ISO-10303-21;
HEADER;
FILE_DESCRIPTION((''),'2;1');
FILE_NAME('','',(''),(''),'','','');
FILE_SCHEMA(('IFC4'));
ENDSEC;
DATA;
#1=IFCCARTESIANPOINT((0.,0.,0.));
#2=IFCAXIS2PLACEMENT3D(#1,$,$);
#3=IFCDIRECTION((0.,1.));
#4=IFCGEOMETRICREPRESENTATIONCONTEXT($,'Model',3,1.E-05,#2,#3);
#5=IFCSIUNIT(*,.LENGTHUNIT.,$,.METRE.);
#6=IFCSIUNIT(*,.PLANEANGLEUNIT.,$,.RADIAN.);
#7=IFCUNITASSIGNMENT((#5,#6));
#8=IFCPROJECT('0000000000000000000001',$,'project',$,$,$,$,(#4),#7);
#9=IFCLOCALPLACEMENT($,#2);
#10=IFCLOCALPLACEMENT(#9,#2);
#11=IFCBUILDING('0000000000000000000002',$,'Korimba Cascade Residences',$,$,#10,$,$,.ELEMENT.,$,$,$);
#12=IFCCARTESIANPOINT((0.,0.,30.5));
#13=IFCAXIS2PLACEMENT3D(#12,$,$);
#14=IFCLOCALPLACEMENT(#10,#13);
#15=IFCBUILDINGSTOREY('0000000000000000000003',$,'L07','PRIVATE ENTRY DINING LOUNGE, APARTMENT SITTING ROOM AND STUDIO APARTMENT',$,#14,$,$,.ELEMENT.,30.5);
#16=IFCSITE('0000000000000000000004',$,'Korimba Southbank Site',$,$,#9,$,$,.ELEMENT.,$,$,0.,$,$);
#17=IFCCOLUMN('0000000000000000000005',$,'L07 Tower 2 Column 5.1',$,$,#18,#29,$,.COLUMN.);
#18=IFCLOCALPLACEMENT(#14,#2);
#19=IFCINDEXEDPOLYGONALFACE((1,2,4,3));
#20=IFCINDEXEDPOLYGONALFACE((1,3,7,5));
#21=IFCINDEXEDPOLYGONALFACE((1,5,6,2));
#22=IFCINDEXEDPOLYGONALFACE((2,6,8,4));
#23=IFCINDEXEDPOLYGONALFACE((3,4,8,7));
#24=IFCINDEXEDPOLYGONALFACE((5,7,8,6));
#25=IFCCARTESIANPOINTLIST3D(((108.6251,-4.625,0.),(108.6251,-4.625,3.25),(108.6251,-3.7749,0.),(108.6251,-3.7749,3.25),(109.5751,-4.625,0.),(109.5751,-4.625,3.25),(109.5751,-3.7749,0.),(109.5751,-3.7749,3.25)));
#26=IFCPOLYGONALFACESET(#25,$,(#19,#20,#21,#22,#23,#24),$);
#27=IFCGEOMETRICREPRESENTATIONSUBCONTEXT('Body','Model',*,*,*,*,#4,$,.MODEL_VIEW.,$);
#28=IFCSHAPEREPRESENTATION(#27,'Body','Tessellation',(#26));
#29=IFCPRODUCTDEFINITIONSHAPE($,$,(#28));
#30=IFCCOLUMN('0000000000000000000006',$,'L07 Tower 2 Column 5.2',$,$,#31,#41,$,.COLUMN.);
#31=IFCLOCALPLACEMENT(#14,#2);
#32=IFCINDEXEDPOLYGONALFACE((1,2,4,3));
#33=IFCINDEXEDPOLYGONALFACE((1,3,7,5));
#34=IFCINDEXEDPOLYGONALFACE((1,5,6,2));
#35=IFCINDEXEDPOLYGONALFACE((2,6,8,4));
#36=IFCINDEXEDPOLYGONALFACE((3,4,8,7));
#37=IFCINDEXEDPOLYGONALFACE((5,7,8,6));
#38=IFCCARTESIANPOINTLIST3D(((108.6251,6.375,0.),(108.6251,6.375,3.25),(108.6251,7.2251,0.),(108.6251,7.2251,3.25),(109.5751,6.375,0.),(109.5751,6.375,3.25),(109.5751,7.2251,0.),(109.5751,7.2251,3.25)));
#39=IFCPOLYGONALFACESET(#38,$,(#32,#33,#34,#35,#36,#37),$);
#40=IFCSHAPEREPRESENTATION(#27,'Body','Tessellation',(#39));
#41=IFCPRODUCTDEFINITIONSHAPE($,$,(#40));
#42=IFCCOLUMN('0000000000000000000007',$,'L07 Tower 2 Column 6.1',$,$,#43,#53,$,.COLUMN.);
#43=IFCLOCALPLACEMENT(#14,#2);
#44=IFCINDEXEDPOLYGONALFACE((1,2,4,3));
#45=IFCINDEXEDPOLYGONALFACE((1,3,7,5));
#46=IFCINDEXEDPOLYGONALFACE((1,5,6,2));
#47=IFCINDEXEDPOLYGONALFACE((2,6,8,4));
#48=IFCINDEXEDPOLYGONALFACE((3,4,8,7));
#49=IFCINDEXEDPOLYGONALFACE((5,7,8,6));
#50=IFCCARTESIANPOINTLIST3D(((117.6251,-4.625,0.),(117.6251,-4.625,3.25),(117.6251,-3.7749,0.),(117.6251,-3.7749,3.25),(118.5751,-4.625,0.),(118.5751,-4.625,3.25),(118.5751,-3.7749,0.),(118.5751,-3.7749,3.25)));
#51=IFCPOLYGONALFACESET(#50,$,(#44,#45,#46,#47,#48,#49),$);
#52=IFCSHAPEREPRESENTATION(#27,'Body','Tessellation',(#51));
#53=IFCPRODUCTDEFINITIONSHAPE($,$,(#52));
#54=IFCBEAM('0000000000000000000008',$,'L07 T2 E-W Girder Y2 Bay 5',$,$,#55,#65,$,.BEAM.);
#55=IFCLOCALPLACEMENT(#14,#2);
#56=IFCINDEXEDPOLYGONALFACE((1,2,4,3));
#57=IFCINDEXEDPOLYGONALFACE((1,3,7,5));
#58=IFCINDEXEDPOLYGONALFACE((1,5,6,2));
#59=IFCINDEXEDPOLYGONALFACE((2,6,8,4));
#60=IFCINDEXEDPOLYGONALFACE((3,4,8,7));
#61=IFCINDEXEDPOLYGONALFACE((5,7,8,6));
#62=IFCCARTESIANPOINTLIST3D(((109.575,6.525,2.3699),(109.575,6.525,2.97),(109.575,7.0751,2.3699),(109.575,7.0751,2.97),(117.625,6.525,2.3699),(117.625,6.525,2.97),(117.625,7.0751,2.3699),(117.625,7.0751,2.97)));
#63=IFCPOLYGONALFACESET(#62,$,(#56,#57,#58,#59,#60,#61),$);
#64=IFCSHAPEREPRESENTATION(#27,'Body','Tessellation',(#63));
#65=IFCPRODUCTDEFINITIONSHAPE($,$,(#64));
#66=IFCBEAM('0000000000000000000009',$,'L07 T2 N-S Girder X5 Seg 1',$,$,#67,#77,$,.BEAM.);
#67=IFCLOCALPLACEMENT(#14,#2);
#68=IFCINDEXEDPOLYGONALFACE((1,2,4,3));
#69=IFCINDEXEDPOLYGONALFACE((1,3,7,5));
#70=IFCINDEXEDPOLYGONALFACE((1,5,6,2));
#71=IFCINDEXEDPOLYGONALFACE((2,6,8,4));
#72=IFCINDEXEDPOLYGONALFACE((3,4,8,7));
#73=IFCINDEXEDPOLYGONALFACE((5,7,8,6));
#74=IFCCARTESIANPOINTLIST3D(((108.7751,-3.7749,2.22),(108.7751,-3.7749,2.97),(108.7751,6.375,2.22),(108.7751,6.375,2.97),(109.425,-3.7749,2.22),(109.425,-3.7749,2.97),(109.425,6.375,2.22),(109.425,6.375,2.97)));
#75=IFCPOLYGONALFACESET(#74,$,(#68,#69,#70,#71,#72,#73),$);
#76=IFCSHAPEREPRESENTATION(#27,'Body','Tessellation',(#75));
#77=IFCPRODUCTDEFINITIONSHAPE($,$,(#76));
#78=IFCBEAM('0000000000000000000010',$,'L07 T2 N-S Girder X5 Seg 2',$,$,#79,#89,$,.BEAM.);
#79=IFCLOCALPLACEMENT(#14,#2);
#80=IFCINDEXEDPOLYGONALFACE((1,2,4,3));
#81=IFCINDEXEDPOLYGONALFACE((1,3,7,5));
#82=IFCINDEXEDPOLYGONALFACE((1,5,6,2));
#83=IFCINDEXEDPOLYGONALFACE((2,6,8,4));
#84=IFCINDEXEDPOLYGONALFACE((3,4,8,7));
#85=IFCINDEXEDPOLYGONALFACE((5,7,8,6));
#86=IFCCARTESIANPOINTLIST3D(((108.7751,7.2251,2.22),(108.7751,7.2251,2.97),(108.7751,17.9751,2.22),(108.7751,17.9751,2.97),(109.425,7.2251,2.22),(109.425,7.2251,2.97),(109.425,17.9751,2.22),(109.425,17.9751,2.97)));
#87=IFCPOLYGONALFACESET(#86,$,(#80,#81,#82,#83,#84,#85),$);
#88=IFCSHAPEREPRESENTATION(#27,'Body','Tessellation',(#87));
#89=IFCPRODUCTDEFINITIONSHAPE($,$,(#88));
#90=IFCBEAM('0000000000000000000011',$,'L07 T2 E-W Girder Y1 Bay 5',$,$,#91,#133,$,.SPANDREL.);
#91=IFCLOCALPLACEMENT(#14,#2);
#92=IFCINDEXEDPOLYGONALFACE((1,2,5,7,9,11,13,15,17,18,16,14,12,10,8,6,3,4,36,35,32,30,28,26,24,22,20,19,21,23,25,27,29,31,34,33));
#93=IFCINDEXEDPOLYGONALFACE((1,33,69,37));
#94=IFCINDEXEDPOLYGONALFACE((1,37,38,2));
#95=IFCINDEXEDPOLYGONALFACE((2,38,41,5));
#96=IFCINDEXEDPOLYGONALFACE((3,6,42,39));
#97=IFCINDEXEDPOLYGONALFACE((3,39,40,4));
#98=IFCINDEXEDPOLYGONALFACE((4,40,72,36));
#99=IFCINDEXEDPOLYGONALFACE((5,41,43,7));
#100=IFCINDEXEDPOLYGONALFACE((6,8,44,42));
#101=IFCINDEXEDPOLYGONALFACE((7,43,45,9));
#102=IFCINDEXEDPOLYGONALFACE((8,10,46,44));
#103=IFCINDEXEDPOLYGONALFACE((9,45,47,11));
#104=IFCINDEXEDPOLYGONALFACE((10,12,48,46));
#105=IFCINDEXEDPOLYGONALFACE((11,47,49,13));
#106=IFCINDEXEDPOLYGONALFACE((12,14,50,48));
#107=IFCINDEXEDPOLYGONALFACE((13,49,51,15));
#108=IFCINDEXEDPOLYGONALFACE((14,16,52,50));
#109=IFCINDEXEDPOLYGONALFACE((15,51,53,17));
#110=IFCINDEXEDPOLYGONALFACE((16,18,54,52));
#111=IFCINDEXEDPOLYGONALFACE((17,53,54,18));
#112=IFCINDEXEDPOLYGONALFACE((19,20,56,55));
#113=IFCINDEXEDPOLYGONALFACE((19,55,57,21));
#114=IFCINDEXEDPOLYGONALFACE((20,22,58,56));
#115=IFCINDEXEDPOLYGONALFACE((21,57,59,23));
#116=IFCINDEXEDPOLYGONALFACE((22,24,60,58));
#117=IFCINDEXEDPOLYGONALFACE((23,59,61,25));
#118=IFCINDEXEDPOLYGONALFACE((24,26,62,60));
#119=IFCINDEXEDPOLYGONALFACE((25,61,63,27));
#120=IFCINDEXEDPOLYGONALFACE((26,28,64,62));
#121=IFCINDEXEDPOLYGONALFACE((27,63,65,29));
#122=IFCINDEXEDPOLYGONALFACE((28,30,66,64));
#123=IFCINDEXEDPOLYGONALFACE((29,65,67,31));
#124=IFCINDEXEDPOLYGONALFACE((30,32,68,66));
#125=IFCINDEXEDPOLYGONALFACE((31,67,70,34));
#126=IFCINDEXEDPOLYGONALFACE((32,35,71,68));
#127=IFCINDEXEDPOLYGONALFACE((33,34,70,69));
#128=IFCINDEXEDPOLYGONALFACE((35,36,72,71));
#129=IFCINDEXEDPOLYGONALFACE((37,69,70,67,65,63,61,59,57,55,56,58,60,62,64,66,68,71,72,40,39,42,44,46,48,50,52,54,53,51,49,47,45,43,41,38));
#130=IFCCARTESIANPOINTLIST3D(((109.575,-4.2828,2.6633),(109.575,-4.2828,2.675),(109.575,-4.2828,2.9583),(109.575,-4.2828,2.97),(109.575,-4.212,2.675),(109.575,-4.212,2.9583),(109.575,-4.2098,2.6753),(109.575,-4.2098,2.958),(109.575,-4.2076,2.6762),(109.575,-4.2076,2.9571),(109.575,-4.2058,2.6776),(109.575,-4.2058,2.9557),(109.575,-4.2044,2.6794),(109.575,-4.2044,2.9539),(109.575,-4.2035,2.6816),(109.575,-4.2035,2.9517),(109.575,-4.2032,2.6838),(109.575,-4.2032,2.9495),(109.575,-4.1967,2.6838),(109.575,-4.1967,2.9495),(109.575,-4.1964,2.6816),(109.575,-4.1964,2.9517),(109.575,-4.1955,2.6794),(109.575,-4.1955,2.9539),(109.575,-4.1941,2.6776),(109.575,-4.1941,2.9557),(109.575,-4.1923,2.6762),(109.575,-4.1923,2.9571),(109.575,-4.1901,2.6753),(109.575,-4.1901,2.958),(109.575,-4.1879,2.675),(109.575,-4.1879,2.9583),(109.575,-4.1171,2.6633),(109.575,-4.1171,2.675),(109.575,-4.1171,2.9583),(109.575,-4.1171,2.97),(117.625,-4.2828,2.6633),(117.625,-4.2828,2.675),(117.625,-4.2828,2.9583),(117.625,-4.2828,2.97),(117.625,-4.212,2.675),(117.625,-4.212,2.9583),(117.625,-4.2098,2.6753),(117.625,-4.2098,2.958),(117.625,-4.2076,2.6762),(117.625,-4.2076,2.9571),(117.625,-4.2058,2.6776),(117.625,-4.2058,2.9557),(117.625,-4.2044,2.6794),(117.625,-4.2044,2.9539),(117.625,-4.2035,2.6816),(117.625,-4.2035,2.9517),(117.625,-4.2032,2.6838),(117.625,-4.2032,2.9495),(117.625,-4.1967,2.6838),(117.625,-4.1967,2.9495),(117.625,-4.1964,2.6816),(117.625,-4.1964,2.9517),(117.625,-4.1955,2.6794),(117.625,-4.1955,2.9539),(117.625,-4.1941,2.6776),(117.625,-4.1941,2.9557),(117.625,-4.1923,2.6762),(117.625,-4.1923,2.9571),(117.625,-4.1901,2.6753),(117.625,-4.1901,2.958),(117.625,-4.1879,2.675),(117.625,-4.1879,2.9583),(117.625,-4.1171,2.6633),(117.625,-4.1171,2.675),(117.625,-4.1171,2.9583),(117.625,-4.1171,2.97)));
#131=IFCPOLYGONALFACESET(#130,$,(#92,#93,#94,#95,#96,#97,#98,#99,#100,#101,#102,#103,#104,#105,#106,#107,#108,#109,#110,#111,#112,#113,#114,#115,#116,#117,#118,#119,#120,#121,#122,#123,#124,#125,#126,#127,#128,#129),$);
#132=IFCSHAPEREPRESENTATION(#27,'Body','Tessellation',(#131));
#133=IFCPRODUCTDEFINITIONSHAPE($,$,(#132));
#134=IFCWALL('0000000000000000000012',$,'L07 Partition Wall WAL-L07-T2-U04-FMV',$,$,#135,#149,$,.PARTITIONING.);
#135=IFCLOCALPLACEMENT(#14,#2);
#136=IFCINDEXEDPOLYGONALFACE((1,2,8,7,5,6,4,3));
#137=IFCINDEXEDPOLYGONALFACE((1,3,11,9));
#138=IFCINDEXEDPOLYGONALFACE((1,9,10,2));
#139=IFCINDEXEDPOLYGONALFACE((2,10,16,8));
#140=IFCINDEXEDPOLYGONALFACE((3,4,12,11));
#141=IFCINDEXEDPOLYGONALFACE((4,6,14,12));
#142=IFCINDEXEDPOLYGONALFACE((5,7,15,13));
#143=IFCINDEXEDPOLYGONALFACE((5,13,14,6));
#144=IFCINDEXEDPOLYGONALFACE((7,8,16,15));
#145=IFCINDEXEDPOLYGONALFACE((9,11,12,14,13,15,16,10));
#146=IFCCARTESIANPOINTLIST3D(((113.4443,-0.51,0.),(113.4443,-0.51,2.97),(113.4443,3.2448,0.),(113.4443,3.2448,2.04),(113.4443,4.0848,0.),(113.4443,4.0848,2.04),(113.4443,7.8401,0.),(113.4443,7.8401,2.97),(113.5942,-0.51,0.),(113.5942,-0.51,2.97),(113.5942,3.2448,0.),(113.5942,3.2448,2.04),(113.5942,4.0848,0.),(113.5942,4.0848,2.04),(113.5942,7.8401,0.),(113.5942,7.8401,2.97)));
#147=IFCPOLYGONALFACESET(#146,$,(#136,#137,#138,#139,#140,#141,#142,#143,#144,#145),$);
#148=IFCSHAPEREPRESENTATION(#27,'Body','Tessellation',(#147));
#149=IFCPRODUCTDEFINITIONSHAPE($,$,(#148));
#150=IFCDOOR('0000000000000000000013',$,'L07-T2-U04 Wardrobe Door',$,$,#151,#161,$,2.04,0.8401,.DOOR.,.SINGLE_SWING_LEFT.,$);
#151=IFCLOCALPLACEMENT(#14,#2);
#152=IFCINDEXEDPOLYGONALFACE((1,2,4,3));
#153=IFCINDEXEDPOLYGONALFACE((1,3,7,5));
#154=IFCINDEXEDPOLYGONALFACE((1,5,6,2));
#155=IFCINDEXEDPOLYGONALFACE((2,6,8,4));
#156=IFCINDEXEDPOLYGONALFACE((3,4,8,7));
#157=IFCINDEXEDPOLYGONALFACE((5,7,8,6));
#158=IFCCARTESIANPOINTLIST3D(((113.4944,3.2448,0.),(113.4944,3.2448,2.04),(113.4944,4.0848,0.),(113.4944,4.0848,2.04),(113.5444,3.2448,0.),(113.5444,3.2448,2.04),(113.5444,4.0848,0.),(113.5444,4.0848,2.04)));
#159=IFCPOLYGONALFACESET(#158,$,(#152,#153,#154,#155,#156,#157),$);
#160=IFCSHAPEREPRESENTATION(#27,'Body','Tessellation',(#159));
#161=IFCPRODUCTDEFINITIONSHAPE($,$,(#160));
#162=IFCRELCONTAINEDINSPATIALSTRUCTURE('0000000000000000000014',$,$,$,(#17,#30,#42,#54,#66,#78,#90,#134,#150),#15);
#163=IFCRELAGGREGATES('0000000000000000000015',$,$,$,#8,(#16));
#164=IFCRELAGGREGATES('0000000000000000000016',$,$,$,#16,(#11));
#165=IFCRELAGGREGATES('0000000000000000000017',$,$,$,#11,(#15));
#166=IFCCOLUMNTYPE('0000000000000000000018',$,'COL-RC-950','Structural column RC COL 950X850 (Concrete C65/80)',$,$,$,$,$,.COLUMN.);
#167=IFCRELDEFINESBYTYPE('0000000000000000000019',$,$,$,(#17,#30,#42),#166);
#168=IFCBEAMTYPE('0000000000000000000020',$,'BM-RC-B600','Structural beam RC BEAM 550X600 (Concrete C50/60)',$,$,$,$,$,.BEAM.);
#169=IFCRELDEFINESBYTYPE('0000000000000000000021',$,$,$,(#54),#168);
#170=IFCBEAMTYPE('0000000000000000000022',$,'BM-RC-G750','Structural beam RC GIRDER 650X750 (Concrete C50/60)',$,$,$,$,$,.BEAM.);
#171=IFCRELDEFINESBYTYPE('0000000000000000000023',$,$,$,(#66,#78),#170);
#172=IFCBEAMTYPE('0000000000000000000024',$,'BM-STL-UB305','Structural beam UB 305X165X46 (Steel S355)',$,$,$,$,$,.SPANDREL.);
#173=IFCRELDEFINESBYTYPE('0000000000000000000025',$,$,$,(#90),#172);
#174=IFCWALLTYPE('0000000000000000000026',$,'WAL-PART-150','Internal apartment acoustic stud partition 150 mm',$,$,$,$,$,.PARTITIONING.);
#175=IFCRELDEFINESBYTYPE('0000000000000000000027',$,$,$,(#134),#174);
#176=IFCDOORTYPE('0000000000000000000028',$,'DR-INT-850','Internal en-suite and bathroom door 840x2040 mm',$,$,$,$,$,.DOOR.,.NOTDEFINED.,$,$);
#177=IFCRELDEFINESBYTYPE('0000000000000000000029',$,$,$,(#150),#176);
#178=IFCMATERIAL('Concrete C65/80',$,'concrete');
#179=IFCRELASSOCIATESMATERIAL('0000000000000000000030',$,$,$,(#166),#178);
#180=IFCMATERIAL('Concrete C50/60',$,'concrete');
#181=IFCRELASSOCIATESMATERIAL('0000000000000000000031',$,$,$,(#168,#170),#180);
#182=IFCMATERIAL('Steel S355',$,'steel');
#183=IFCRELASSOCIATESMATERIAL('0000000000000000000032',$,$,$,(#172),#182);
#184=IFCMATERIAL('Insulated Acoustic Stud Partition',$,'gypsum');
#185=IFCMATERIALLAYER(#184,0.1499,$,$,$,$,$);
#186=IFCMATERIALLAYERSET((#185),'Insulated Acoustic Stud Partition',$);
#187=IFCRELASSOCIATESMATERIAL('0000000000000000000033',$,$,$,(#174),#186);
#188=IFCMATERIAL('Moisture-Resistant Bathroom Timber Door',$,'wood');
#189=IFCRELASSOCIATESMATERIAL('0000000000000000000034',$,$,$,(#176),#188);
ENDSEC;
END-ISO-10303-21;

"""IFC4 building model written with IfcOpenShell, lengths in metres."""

from ifc_helpers import new_model, si_unit, direction, frame, frame_2d, origin, origin_2d, place, context, subcontext, project, spatial, rectangle, i_section, extrude, material, layer, layer_set, material_profile, profile_set, type_object, element, fill, save


model = new_model("IFC4")

# Units and contexts
model_context = context("Model", 3, precision=1e-05, world=origin(), true_north=direction((0.0, 1.0)))
body_context = subcontext(model_context, "Body", "Model", "MODEL_VIEW")
ifc_project = project(units=[si_unit("LENGTHUNIT", "METRE"), si_unit("PLANEANGLEUNIT", "RADIAN")], contexts=[model_context])

# Site, building, storey
site_placement = place(None, origin())
site = spatial("IfcSite", under=ifc_project, at=site_placement, Name="Korimba Southbank Site", CompositionType="ELEMENT", RefElevation=0.0)
building_placement = place(site_placement, origin())
building = spatial("IfcBuilding", under=site, at=building_placement, Name="Korimba Cascade Residences", CompositionType="ELEMENT")
storey_placement = place(building_placement, frame((0.0, 0.0, 30.5)))
storey = spatial("IfcBuildingStorey", under=building, at=storey_placement, Name="L07", Description="PRIVATE ENTRY DINING LOUNGE, APARTMENT SITTING ROOM AND STUDIO APARTMENT", CompositionType="ELEMENT", Elevation=30.5)

# Columns
ifc_material_1 = material(Name="Concrete C65/80", Category="concrete")
ifc_material_profile_1 = material_profile(ifc_material_1, rectangle(XDim=0.95, YDim=0.8501, at=origin_2d()), Name="Concrete C65/80")
ifc_profile_set_1 = profile_set([ifc_material_profile_1], Name="Concrete C65/80")
column_type = type_object("IfcColumnType", Name="COL-RC-950", Description="Structural column RC COL 950X850 (Concrete C65/80)", PredefinedType="COLUMN", material=ifc_profile_set_1)
for number, where, z_axis, x_axis, name in (
    (1, (109.1001, -4.2, 0.0), (0.0, 0.0, 1.0), (1.0, 0.0, 0.0), "L07 Tower 2 Column 5.1"),
    (2, (109.1001, 6.8, 0.0), (0.0, 0.0, 1.0), (1.0, 0.0, 0.0), "L07 Tower 2 Column 5.2"),
    (3, (118.1001, -4.2, 0.0), (0.0, 0.0, 1.0), (1.0, 0.0, 0.0), "L07 Tower 2 Column 6.1"),
):
    element("IfcColumn", number, at=place(storey_placement, frame(where, z_axis=z_axis, x_axis=x_axis)), inside=storey, type_object=column_type, Name=name, PredefinedType="COLUMN", context=body_context, shape_type="SweptSolid", body=[
        extrude(rectangle(XDim=0.95, YDim=0.8501, at=origin_2d()), origin(), (0.0, 0.0, 1.0), 3.25),
    ])

# Beams
ifc_material_2 = material(Name="Concrete C50/60", Category="concrete")
ifc_material_profile_2 = material_profile(ifc_material_2, rectangle(XDim=0.55, YDim=0.6001, at=origin_2d()), Name="Concrete C50/60")
ifc_profile_set_2 = profile_set([ifc_material_profile_2], Name="Concrete C50/60")
beam_type_1 = type_object("IfcBeamType", Name="BM-RC-B600", Description="Structural beam RC BEAM 550X600 (Concrete C50/60)", PredefinedType="BEAM", material=ifc_profile_set_2)
beam_1_placement = place(storey_placement, frame((109.575, 6.8, 2.6699), z_axis=(1.0, 0.0, 0.0), x_axis=(0.0, 1.0, 0.0)))
element("IfcBeam", 4, at=beam_1_placement, inside=storey, type_object=beam_type_1, Name="L07 T2 E-W Girder Y2 Bay 5", PredefinedType="BEAM", context=body_context, shape_type="SweptSolid", body=[
    extrude(rectangle(XDim=0.55, YDim=0.6001, at=origin_2d()), origin(), (0.0, 0.0, 1.0), 8.05),
])
ifc_material_profile_3 = material_profile(ifc_material_2, rectangle(XDim=0.6499, YDim=0.75, at=origin_2d()), Name="Concrete C50/60")
ifc_profile_set_3 = profile_set([ifc_material_profile_3], Name="Concrete C50/60")
beam_type_2 = type_object("IfcBeamType", Name="BM-RC-G750", Description="Structural beam RC GIRDER 650X750 (Concrete C50/60)", PredefinedType="BEAM", material=ifc_profile_set_3)
beam_2_placement = place(storey_placement, frame((109.1001, -3.7749, 2.595), z_axis=(0.0, 1.0, 0.0), x_axis=(-1.0, 0.0, 0.0)))
element("IfcBeam", 5, at=beam_2_placement, inside=storey, type_object=beam_type_2, Name="L07 T2 N-S Girder X5 Seg 1", PredefinedType="BEAM", context=body_context, shape_type="SweptSolid", body=[
    extrude(rectangle(XDim=0.6499, YDim=0.75, at=origin_2d()), origin(), (0.0, 0.0, 1.0), 10.1499),
])
beam_3_placement = place(storey_placement, frame((109.1001, 7.2251, 2.595), z_axis=(0.0, 1.0, 0.0), x_axis=(-1.0, 0.0, 0.0)))
element("IfcBeam", 6, at=beam_3_placement, inside=storey, type_object=beam_type_2, Name="L07 T2 N-S Girder X5 Seg 2", PredefinedType="BEAM", context=body_context, shape_type="SweptSolid", body=[
    extrude(rectangle(XDim=0.6499, YDim=0.75, at=origin_2d()), origin(), (0.0, 0.0, 1.0), 10.75),
])
ifc_material_3 = material(Name="Steel S355", Category="steel")
ifc_material_profile_4 = material_profile(ifc_material_3, i_section(OverallWidth=0.1658, OverallDepth=0.3066, WebThickness=0.0066, FlangeThickness=0.0117, FilletRadius=0.0088, at=origin_2d()), Name="Steel S355")
ifc_profile_set_4 = profile_set([ifc_material_profile_4], Name="Steel S355")
beam_type_3 = type_object("IfcBeamType", Name="BM-STL-UB305", Description="Structural beam UB 305X165X46 (Steel S355)", PredefinedType="SPANDREL", material=ifc_profile_set_4)
beam_4_placement = place(storey_placement, frame((109.575, -4.2, 2.8167), z_axis=(1.0, 0.0, 0.0), x_axis=(0.0, 1.0, 0.0)))
element("IfcBeam", 7, at=beam_4_placement, inside=storey, type_object=beam_type_3, Name="L07 T2 E-W Girder Y1 Bay 5", PredefinedType="SPANDREL", context=body_context, shape_type="SweptSolid", body=[
    extrude(i_section(OverallWidth=0.1658, OverallDepth=0.3066, WebThickness=0.0066, FlangeThickness=0.0117, FilletRadius=0.0088, at=origin_2d()), origin(), (0.0, 0.0, 1.0), 8.05),
])

# Wall, opening, door
ifc_material_4 = material(Name="Insulated Acoustic Stud Partition", Category="gypsum")
ifc_layer = layer(ifc_material_4, 0.1499)
ifc_layer_set = layer_set([ifc_layer], Name="Insulated Acoustic Stud Partition")
wall_type = type_object("IfcWallType", Name="WAL-PART-150", Description="Internal apartment acoustic stud partition 150 mm", PredefinedType="PARTITIONING", material=ifc_layer_set)
wall_1_placement = place(storey_placement, frame((113.5193, -0.51, 0.0), z_axis=(0.0, 0.0, 1.0), x_axis=(0.0, 1.0, 0.0)))
wall_1 = element("IfcWall", 8, at=wall_1_placement, inside=storey, type_object=wall_type, Name="L07 Partition Wall WAL-L07-T2-U04-FMV", PredefinedType="PARTITIONING", context=body_context, shape_type="SweptSolid", body=[
    extrude(rectangle(XDim=8.3501, YDim=0.1499, at=frame_2d((4.175, 0.0))), origin(), (0.0, 0.0, 1.0), 2.97),
])
opening_1_placement = place(wall_1_placement, frame((3.7549, 0.0, 0.0)))
opening_1 = element("IfcOpeningElement", 9, at=opening_1_placement, cuts=wall_1, PredefinedType="OPENING", context=body_context, shape_type="SweptSolid", body=[
    extrude(rectangle(XDim=0.8401, YDim=2.04, at=frame_2d((0.4199, 1.02))), frame((0.0, 0.085, 0.0), z_axis=(0.0, -1.0, 0.0), x_axis=(1.0, 0.0, 0.0)), (0.0, 0.0, 1.0), 0.1699),
])
ifc_material_5 = material(Name="Moisture-Resistant Bathroom Timber Door", Category="wood")
door_type_1 = type_object("IfcDoorType", Name="DR-INT-850", Description="Internal en-suite and bathroom door 840x2040 mm", OperationType="NOTDEFINED", PredefinedType="DOOR", material=ifc_material_5)
door_1_placement = place(opening_1_placement, origin())
door_1 = element("IfcDoor", 10, at=door_1_placement, inside=storey, type_object=door_type_1, Name="L07-T2-U04 Wardrobe Door", OperationType="SINGLE_SWING_LEFT", OverallHeight=2.04, OverallWidth=0.8401, PredefinedType="DOOR", context=body_context, shape_type="SweptSolid", body=[
    extrude(rectangle(XDim=0.8401, YDim=2.04, at=frame_2d((0.4199, 1.02))), frame((0.0, 0.0249, 0.0), z_axis=(0.0, -1.0, 0.0), x_axis=(1.0, 0.0, 0.0)), (0.0, 0.0, 1.0), 0.05),
])
fill(opening_1, door_1)

save(model, "model.ifc")
